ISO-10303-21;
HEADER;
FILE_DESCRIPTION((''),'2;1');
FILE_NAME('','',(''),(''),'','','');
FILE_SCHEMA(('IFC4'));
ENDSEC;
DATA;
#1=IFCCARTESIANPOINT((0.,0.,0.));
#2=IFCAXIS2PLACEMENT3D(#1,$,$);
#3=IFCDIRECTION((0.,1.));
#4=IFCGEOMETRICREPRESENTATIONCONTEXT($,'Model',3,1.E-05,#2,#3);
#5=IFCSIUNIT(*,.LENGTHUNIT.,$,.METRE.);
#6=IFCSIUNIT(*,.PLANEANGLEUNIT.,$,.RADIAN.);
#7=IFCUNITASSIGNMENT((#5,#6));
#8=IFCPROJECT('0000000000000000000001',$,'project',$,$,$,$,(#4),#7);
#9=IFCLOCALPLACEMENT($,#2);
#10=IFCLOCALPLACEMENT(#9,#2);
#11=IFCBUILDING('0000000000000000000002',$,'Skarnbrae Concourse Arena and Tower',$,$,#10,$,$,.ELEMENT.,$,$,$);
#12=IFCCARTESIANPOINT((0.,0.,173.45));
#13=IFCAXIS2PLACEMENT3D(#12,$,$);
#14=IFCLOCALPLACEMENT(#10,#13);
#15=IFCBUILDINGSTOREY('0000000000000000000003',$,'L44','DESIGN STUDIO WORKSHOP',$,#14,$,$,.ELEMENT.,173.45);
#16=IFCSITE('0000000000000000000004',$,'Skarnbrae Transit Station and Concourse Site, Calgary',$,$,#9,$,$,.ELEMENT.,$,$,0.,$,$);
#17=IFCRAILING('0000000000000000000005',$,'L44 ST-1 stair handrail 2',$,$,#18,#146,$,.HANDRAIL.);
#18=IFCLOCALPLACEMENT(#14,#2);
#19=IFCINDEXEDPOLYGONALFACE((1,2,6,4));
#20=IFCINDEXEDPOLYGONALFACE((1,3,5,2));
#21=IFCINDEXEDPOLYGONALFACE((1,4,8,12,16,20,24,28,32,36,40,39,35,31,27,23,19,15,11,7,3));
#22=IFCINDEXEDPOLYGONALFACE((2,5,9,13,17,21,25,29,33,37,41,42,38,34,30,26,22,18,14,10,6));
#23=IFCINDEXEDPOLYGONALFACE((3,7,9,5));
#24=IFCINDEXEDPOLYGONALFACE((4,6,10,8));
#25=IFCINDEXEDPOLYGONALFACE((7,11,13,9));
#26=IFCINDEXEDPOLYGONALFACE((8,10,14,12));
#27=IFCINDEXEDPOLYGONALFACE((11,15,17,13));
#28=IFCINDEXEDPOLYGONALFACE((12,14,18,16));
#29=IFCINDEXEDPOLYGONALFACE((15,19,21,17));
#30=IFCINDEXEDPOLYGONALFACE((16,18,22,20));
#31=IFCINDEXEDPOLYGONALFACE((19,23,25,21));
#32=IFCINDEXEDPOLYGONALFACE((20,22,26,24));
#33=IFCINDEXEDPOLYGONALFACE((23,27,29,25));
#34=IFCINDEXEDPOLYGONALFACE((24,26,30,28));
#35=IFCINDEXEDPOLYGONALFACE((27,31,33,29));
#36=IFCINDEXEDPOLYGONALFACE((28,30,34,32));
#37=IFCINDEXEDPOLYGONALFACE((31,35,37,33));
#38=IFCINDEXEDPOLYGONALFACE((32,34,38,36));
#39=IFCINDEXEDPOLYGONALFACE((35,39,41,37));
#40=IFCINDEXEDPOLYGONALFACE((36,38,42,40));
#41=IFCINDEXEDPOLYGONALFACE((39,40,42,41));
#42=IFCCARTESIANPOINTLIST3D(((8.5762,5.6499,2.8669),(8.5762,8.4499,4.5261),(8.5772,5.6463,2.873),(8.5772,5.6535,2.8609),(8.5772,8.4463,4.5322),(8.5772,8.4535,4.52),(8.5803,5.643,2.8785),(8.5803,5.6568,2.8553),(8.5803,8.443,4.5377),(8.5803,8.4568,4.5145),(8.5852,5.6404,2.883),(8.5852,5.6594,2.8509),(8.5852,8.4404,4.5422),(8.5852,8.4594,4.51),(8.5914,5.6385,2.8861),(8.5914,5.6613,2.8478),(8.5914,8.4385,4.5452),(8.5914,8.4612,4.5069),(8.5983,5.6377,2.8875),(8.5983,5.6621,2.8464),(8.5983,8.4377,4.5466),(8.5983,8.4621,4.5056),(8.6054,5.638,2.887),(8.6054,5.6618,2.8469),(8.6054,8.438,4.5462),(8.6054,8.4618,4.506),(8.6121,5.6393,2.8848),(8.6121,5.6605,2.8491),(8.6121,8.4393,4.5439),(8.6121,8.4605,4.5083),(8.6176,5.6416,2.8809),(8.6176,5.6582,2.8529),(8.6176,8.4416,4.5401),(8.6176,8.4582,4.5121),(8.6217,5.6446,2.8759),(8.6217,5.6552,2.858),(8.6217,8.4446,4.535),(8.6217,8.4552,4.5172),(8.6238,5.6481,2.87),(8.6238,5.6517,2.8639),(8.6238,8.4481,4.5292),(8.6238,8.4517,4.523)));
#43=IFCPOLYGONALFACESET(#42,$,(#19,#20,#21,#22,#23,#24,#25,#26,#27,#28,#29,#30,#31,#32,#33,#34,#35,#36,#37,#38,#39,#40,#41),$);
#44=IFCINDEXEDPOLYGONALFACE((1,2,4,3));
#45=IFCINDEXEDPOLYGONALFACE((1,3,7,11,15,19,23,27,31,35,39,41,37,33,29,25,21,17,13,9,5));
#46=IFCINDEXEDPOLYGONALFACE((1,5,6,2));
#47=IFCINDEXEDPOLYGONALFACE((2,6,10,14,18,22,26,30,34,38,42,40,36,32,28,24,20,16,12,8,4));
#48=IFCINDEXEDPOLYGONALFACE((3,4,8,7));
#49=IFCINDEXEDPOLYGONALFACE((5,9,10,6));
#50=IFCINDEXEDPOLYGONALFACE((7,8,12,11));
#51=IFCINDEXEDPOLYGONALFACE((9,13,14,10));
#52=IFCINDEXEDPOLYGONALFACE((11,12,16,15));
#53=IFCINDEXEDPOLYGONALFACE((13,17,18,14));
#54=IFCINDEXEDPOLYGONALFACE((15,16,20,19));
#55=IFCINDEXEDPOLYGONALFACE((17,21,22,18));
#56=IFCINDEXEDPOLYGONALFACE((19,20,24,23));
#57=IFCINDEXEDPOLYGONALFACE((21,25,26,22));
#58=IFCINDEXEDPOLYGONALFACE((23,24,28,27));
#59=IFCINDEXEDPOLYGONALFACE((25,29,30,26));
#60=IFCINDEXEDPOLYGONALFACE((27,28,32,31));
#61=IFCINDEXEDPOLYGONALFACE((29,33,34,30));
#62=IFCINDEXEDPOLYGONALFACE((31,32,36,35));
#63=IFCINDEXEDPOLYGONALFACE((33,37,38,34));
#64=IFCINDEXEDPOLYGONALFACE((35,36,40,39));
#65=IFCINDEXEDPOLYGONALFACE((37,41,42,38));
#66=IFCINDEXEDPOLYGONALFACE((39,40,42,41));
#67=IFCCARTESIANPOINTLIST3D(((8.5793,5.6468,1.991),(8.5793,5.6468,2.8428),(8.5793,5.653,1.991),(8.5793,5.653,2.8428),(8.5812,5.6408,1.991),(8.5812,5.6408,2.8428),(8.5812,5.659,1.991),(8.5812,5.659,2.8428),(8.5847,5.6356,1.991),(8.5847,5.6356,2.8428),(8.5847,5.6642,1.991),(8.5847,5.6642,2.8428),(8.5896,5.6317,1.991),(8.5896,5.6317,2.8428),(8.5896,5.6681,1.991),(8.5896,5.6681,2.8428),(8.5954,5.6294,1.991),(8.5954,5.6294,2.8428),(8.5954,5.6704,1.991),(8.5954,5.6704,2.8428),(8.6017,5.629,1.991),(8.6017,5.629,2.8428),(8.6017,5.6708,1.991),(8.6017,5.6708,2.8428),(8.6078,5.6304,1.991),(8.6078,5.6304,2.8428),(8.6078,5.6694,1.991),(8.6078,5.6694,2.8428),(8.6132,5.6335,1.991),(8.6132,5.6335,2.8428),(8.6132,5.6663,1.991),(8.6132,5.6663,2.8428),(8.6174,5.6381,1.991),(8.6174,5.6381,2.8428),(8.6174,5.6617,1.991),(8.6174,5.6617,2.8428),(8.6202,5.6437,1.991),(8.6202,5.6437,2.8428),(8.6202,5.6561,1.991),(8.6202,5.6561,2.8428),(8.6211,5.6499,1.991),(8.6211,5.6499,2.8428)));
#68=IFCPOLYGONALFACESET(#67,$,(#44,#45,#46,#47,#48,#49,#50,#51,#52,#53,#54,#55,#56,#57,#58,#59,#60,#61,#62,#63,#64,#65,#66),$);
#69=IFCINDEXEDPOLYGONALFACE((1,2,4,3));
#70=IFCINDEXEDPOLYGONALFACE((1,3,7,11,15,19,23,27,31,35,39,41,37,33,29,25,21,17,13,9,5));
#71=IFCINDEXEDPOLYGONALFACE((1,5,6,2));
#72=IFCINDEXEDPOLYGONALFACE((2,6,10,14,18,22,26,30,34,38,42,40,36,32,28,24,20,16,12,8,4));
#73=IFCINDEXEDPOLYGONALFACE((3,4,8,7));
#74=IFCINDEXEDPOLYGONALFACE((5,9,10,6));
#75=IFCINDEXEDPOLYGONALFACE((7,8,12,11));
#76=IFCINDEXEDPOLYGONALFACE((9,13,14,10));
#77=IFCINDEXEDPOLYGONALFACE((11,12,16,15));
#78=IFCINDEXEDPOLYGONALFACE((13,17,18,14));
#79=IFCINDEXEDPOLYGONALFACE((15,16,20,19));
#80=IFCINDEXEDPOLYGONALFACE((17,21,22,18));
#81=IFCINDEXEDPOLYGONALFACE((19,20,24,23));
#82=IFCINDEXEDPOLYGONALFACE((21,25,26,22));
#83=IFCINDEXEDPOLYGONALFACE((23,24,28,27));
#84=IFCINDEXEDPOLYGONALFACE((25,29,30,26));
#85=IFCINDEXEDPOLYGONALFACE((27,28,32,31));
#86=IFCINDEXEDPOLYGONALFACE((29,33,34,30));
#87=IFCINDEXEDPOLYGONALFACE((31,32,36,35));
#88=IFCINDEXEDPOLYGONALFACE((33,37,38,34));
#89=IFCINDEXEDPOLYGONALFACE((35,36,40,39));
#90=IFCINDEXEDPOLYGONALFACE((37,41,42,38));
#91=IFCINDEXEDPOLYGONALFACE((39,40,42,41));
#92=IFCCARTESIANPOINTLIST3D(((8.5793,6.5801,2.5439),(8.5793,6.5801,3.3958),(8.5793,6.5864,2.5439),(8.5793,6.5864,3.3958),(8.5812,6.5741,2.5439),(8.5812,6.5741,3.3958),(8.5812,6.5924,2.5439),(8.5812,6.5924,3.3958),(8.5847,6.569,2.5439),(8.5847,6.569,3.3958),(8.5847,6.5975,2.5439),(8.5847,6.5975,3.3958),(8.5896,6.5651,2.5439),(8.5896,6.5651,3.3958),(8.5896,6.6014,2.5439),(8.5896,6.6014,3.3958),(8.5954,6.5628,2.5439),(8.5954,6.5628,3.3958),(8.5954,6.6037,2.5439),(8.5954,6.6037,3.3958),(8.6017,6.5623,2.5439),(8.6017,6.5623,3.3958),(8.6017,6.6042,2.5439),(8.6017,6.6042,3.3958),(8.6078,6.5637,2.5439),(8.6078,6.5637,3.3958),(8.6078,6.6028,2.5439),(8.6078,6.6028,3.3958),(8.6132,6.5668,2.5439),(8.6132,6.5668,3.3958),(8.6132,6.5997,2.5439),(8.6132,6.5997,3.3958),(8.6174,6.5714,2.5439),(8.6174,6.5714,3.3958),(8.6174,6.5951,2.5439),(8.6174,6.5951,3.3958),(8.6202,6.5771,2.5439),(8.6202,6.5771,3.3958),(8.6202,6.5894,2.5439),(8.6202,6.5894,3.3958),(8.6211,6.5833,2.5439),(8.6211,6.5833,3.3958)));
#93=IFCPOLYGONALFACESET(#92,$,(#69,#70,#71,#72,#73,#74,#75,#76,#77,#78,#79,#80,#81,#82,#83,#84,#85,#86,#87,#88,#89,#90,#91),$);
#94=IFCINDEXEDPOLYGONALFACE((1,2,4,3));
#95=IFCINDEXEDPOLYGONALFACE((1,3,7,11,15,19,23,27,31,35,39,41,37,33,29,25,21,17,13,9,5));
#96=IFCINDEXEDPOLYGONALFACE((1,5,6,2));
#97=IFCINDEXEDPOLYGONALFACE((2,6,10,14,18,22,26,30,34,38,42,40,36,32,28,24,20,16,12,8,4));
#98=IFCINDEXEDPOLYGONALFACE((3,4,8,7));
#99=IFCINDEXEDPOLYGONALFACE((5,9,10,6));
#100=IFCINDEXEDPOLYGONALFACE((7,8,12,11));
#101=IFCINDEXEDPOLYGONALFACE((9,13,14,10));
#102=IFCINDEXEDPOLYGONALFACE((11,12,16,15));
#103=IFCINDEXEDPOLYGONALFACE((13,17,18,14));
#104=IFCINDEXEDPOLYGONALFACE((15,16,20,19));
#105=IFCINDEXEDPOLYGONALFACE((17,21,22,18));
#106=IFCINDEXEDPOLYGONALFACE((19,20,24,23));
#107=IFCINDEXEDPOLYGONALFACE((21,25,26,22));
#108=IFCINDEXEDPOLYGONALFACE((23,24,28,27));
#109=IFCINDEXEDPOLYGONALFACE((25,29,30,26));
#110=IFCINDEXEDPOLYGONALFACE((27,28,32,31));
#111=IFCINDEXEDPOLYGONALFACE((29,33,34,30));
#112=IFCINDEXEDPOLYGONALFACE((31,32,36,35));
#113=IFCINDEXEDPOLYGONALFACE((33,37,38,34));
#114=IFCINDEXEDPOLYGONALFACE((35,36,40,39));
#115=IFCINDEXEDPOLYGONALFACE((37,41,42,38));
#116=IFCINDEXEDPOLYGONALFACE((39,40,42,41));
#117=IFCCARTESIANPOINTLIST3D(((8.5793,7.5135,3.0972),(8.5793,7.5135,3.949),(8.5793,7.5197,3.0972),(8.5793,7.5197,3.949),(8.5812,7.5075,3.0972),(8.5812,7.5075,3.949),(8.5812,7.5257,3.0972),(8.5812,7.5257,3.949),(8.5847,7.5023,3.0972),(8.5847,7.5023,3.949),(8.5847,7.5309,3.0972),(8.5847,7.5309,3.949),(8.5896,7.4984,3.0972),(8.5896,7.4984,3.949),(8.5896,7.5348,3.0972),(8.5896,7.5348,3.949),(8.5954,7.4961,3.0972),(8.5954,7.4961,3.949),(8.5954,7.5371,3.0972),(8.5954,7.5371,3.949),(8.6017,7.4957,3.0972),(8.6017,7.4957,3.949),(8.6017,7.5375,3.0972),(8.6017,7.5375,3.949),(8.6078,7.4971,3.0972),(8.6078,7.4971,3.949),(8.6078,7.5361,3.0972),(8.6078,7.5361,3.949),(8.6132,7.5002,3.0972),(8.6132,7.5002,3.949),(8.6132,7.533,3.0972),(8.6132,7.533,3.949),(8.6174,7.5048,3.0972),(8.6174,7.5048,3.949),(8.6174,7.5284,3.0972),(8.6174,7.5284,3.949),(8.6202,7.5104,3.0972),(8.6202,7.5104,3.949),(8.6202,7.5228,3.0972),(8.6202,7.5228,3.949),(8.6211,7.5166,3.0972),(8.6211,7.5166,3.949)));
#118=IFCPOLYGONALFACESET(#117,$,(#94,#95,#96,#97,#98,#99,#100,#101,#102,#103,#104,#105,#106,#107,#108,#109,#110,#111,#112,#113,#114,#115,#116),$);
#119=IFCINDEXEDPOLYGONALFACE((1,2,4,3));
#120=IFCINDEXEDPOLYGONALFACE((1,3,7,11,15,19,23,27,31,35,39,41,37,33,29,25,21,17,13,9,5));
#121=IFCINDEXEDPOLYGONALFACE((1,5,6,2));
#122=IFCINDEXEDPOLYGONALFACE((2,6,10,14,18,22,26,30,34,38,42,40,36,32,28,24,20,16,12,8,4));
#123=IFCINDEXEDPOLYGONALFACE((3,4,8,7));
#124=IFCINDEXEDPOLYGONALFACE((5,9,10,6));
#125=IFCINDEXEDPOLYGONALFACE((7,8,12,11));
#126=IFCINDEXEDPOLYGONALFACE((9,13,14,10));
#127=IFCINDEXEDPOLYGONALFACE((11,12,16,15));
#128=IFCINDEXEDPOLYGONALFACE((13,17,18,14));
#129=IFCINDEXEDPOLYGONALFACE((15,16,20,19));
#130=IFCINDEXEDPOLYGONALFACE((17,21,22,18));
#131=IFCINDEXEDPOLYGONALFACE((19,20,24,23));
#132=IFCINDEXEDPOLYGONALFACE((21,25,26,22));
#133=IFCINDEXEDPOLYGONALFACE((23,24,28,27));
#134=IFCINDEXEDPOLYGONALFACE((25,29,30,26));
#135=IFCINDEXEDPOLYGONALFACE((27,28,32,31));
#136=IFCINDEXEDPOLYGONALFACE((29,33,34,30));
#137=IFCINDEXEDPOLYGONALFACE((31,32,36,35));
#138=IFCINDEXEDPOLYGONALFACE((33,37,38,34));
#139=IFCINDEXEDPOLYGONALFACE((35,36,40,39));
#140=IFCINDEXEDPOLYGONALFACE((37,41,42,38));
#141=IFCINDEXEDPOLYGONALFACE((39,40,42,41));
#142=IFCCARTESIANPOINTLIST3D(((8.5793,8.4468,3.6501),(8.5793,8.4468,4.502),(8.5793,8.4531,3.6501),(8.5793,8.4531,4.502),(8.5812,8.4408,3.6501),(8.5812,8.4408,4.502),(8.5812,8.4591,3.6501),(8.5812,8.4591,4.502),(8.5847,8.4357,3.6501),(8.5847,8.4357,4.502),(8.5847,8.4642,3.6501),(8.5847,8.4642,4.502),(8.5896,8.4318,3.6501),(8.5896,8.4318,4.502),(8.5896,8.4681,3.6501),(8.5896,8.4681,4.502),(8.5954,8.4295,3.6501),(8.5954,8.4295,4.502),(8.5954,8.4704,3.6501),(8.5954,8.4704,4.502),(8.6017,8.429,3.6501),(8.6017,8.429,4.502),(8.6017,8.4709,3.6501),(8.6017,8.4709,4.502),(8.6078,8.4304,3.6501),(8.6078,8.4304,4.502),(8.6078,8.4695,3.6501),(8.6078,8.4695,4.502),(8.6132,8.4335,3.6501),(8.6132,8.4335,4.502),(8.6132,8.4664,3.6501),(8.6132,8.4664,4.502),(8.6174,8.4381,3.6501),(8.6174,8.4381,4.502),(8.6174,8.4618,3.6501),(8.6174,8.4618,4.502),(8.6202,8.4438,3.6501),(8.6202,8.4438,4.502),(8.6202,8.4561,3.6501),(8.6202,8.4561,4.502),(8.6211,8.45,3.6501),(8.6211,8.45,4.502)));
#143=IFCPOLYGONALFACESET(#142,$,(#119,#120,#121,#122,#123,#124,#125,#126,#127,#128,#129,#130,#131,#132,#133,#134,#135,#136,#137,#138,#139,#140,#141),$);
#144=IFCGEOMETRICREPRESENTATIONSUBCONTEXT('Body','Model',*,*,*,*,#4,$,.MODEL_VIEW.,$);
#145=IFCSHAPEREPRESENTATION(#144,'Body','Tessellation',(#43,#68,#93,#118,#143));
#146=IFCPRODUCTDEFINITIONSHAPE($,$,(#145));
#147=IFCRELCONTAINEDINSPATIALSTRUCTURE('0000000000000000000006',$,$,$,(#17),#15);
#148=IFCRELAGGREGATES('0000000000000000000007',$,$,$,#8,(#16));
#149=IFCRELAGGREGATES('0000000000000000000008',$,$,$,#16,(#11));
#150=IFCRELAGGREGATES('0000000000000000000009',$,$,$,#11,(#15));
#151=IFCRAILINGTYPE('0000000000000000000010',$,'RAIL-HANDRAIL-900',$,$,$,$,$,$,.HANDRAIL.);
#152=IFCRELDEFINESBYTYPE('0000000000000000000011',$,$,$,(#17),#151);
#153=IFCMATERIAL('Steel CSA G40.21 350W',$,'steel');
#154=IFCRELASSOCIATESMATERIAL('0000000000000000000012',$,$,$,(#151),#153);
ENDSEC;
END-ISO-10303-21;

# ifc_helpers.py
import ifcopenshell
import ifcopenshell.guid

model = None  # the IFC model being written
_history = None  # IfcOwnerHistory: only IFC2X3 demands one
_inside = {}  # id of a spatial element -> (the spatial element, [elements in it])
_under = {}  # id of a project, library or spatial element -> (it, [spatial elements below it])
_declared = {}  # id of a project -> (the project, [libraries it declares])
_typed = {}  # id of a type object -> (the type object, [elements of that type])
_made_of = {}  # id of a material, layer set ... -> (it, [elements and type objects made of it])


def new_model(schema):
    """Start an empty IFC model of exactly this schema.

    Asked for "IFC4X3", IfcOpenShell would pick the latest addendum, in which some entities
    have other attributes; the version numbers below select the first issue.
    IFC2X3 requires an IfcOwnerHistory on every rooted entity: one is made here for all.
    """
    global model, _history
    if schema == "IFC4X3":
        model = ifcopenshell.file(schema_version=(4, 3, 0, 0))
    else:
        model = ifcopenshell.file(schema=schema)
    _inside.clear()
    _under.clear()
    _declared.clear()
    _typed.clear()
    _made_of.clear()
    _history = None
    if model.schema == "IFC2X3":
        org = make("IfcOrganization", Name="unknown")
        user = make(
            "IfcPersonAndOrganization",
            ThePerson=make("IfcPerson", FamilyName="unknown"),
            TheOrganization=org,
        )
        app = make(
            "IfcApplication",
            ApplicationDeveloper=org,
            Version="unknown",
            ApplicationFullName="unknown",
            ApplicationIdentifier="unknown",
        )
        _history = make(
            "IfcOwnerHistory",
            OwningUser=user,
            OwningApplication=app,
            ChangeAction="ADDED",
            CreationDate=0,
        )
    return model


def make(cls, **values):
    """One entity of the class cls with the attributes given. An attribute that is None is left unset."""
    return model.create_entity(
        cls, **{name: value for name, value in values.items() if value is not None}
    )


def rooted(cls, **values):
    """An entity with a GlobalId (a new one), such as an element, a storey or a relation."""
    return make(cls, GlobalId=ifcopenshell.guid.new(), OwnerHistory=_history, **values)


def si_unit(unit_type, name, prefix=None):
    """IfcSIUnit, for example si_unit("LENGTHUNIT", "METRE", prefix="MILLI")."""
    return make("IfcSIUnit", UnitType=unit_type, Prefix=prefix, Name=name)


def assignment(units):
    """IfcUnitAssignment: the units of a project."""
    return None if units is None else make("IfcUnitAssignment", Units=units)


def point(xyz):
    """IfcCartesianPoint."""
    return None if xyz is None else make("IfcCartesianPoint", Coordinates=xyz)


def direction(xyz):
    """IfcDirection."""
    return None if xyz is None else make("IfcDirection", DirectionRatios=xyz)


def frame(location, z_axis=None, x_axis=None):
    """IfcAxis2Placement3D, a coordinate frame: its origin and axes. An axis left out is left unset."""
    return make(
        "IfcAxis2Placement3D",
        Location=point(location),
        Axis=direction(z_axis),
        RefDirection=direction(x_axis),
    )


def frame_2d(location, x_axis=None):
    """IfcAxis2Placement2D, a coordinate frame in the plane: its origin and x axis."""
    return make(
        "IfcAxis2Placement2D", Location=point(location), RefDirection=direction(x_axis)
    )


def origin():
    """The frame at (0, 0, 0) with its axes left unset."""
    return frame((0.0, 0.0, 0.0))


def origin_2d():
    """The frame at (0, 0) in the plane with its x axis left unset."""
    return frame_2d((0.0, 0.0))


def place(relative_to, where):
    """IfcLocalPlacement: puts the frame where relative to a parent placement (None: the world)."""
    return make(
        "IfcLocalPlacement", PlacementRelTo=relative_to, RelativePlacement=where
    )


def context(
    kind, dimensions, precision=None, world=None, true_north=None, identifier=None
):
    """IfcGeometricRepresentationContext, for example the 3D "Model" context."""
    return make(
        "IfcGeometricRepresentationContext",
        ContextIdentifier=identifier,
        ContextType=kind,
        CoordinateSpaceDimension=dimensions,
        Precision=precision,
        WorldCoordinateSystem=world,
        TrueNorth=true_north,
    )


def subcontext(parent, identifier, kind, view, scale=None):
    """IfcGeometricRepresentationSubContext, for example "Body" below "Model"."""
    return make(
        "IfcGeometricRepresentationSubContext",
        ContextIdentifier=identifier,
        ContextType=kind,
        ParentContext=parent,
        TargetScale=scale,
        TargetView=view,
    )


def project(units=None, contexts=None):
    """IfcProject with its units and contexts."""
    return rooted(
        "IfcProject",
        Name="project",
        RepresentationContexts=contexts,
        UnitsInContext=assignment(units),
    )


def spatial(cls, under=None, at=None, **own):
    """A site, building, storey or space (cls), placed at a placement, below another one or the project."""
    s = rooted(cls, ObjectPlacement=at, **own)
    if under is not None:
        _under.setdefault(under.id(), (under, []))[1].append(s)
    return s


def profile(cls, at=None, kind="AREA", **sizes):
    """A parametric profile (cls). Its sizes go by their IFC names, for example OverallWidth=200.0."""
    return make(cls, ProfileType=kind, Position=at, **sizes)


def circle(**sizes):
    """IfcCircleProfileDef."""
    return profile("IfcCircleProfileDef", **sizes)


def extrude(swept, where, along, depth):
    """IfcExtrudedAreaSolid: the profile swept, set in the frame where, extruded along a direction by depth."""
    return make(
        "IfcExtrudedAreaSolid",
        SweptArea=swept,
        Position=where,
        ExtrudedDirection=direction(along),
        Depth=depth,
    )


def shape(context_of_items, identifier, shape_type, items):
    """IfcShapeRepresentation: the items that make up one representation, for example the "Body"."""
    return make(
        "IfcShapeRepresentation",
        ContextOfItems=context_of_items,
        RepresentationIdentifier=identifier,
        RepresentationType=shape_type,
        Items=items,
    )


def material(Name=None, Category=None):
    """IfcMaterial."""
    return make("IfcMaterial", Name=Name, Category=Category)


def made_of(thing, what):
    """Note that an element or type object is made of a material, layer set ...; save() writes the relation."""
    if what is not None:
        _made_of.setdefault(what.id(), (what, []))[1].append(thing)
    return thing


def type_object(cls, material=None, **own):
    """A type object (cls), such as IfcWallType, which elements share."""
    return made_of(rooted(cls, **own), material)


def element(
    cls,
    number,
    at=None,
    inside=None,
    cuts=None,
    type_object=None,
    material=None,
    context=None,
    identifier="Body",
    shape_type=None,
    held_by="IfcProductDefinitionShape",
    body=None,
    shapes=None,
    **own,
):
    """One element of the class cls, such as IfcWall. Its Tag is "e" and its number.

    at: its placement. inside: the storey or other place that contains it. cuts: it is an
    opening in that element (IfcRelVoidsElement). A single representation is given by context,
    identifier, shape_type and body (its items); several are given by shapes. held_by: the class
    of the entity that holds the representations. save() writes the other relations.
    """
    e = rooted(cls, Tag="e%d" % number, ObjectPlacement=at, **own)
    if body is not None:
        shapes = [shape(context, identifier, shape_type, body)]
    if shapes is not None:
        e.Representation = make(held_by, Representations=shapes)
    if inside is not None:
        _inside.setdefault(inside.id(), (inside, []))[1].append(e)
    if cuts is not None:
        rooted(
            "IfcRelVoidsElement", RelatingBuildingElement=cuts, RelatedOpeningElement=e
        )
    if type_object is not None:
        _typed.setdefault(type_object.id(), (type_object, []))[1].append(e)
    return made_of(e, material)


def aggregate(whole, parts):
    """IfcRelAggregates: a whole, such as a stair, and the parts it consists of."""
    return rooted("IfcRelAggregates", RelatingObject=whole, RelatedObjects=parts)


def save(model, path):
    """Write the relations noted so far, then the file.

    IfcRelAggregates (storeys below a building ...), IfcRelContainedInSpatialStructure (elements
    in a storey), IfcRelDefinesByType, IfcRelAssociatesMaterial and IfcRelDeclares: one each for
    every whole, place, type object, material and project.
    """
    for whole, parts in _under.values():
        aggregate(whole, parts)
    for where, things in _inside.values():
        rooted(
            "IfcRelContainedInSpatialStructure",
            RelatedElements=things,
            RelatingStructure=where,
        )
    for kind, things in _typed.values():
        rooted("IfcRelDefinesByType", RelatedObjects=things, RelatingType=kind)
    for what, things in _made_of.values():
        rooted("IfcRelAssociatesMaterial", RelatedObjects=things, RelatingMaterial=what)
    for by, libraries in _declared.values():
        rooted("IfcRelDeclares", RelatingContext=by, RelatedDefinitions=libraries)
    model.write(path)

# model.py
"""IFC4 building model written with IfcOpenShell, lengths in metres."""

from ifc_helpers import new_model, si_unit, direction, frame, origin, origin_2d, place, context, subcontext, project, spatial, circle, extrude, material, type_object, element, save


model = new_model("IFC4")

# Units and contexts
model_context = context("Model", 3, precision=1e-05, world=origin(), true_north=direction((0.0, 1.0)))
body_context = subcontext(model_context, "Body", "Model", "MODEL_VIEW")
ifc_project = project(units=[si_unit("LENGTHUNIT", "METRE"), si_unit("PLANEANGLEUNIT", "RADIAN")], contexts=[model_context])

# Site, building, storey
site_placement = place(None, origin())
site = spatial("IfcSite", under=ifc_project, at=site_placement, Name="Skarnbrae Transit Station and Concourse Site, Calgary", CompositionType="ELEMENT", RefElevation=0.0)
building_placement = place(site_placement, origin())
building = spatial("IfcBuilding", under=site, at=building_placement, Name="Skarnbrae Concourse Arena and Tower", CompositionType="ELEMENT")
storey_placement = place(building_placement, frame((0.0, 0.0, 173.45)))
storey = spatial("IfcBuildingStorey", under=building, at=storey_placement, Name="L44", Description="DESIGN STUDIO WORKSHOP", CompositionType="ELEMENT", Elevation=173.45)

# Shared definitions
ifc_material_1 = material(Name="Steel CSA G40.21 350W", Category="steel")

# Railing
railing_type = type_object("IfcRailingType", Name="RAIL-HANDRAIL-900", PredefinedType="HANDRAIL", material=ifc_material_1)
railing_placement = place(storey_placement, frame((8.6001, 5.6499, 1.991)))
element("IfcRailing", 1, at=railing_placement, inside=storey, type_object=railing_type, Name="L44 ST-1 stair handrail 2", PredefinedType="HANDRAIL", context=body_context, shape_type="SweptSolid", body=[
    extrude(circle(Radius=0.0239, at=origin_2d()), frame((0.0, 0.0, 0.876), z_axis=(0.0, 0.860306, 0.509778), x_axis=(-1.0, 0.0, 0.0)), (0.0, 0.0, 1.0), 3.2546),
    extrude(circle(Radius=0.021, at=origin_2d()), origin(), (0.0, 0.0, 1.0), 0.8518),
    extrude(circle(Radius=0.021, at=origin_2d()), frame((0.0, 0.9333, 0.553)), (0.0, 0.0, 1.0), 0.8518),
    extrude(circle(Radius=0.021, at=origin_2d()), frame((0.0, 1.8667, 1.1062)), (0.0, 0.0, 1.0), 0.8518),
    extrude(circle(Radius=0.021, at=origin_2d()), frame((0.0, 2.8, 1.6592)), (0.0, 0.0, 1.0), 0.8518),
])

save(model, "model.ifc")
